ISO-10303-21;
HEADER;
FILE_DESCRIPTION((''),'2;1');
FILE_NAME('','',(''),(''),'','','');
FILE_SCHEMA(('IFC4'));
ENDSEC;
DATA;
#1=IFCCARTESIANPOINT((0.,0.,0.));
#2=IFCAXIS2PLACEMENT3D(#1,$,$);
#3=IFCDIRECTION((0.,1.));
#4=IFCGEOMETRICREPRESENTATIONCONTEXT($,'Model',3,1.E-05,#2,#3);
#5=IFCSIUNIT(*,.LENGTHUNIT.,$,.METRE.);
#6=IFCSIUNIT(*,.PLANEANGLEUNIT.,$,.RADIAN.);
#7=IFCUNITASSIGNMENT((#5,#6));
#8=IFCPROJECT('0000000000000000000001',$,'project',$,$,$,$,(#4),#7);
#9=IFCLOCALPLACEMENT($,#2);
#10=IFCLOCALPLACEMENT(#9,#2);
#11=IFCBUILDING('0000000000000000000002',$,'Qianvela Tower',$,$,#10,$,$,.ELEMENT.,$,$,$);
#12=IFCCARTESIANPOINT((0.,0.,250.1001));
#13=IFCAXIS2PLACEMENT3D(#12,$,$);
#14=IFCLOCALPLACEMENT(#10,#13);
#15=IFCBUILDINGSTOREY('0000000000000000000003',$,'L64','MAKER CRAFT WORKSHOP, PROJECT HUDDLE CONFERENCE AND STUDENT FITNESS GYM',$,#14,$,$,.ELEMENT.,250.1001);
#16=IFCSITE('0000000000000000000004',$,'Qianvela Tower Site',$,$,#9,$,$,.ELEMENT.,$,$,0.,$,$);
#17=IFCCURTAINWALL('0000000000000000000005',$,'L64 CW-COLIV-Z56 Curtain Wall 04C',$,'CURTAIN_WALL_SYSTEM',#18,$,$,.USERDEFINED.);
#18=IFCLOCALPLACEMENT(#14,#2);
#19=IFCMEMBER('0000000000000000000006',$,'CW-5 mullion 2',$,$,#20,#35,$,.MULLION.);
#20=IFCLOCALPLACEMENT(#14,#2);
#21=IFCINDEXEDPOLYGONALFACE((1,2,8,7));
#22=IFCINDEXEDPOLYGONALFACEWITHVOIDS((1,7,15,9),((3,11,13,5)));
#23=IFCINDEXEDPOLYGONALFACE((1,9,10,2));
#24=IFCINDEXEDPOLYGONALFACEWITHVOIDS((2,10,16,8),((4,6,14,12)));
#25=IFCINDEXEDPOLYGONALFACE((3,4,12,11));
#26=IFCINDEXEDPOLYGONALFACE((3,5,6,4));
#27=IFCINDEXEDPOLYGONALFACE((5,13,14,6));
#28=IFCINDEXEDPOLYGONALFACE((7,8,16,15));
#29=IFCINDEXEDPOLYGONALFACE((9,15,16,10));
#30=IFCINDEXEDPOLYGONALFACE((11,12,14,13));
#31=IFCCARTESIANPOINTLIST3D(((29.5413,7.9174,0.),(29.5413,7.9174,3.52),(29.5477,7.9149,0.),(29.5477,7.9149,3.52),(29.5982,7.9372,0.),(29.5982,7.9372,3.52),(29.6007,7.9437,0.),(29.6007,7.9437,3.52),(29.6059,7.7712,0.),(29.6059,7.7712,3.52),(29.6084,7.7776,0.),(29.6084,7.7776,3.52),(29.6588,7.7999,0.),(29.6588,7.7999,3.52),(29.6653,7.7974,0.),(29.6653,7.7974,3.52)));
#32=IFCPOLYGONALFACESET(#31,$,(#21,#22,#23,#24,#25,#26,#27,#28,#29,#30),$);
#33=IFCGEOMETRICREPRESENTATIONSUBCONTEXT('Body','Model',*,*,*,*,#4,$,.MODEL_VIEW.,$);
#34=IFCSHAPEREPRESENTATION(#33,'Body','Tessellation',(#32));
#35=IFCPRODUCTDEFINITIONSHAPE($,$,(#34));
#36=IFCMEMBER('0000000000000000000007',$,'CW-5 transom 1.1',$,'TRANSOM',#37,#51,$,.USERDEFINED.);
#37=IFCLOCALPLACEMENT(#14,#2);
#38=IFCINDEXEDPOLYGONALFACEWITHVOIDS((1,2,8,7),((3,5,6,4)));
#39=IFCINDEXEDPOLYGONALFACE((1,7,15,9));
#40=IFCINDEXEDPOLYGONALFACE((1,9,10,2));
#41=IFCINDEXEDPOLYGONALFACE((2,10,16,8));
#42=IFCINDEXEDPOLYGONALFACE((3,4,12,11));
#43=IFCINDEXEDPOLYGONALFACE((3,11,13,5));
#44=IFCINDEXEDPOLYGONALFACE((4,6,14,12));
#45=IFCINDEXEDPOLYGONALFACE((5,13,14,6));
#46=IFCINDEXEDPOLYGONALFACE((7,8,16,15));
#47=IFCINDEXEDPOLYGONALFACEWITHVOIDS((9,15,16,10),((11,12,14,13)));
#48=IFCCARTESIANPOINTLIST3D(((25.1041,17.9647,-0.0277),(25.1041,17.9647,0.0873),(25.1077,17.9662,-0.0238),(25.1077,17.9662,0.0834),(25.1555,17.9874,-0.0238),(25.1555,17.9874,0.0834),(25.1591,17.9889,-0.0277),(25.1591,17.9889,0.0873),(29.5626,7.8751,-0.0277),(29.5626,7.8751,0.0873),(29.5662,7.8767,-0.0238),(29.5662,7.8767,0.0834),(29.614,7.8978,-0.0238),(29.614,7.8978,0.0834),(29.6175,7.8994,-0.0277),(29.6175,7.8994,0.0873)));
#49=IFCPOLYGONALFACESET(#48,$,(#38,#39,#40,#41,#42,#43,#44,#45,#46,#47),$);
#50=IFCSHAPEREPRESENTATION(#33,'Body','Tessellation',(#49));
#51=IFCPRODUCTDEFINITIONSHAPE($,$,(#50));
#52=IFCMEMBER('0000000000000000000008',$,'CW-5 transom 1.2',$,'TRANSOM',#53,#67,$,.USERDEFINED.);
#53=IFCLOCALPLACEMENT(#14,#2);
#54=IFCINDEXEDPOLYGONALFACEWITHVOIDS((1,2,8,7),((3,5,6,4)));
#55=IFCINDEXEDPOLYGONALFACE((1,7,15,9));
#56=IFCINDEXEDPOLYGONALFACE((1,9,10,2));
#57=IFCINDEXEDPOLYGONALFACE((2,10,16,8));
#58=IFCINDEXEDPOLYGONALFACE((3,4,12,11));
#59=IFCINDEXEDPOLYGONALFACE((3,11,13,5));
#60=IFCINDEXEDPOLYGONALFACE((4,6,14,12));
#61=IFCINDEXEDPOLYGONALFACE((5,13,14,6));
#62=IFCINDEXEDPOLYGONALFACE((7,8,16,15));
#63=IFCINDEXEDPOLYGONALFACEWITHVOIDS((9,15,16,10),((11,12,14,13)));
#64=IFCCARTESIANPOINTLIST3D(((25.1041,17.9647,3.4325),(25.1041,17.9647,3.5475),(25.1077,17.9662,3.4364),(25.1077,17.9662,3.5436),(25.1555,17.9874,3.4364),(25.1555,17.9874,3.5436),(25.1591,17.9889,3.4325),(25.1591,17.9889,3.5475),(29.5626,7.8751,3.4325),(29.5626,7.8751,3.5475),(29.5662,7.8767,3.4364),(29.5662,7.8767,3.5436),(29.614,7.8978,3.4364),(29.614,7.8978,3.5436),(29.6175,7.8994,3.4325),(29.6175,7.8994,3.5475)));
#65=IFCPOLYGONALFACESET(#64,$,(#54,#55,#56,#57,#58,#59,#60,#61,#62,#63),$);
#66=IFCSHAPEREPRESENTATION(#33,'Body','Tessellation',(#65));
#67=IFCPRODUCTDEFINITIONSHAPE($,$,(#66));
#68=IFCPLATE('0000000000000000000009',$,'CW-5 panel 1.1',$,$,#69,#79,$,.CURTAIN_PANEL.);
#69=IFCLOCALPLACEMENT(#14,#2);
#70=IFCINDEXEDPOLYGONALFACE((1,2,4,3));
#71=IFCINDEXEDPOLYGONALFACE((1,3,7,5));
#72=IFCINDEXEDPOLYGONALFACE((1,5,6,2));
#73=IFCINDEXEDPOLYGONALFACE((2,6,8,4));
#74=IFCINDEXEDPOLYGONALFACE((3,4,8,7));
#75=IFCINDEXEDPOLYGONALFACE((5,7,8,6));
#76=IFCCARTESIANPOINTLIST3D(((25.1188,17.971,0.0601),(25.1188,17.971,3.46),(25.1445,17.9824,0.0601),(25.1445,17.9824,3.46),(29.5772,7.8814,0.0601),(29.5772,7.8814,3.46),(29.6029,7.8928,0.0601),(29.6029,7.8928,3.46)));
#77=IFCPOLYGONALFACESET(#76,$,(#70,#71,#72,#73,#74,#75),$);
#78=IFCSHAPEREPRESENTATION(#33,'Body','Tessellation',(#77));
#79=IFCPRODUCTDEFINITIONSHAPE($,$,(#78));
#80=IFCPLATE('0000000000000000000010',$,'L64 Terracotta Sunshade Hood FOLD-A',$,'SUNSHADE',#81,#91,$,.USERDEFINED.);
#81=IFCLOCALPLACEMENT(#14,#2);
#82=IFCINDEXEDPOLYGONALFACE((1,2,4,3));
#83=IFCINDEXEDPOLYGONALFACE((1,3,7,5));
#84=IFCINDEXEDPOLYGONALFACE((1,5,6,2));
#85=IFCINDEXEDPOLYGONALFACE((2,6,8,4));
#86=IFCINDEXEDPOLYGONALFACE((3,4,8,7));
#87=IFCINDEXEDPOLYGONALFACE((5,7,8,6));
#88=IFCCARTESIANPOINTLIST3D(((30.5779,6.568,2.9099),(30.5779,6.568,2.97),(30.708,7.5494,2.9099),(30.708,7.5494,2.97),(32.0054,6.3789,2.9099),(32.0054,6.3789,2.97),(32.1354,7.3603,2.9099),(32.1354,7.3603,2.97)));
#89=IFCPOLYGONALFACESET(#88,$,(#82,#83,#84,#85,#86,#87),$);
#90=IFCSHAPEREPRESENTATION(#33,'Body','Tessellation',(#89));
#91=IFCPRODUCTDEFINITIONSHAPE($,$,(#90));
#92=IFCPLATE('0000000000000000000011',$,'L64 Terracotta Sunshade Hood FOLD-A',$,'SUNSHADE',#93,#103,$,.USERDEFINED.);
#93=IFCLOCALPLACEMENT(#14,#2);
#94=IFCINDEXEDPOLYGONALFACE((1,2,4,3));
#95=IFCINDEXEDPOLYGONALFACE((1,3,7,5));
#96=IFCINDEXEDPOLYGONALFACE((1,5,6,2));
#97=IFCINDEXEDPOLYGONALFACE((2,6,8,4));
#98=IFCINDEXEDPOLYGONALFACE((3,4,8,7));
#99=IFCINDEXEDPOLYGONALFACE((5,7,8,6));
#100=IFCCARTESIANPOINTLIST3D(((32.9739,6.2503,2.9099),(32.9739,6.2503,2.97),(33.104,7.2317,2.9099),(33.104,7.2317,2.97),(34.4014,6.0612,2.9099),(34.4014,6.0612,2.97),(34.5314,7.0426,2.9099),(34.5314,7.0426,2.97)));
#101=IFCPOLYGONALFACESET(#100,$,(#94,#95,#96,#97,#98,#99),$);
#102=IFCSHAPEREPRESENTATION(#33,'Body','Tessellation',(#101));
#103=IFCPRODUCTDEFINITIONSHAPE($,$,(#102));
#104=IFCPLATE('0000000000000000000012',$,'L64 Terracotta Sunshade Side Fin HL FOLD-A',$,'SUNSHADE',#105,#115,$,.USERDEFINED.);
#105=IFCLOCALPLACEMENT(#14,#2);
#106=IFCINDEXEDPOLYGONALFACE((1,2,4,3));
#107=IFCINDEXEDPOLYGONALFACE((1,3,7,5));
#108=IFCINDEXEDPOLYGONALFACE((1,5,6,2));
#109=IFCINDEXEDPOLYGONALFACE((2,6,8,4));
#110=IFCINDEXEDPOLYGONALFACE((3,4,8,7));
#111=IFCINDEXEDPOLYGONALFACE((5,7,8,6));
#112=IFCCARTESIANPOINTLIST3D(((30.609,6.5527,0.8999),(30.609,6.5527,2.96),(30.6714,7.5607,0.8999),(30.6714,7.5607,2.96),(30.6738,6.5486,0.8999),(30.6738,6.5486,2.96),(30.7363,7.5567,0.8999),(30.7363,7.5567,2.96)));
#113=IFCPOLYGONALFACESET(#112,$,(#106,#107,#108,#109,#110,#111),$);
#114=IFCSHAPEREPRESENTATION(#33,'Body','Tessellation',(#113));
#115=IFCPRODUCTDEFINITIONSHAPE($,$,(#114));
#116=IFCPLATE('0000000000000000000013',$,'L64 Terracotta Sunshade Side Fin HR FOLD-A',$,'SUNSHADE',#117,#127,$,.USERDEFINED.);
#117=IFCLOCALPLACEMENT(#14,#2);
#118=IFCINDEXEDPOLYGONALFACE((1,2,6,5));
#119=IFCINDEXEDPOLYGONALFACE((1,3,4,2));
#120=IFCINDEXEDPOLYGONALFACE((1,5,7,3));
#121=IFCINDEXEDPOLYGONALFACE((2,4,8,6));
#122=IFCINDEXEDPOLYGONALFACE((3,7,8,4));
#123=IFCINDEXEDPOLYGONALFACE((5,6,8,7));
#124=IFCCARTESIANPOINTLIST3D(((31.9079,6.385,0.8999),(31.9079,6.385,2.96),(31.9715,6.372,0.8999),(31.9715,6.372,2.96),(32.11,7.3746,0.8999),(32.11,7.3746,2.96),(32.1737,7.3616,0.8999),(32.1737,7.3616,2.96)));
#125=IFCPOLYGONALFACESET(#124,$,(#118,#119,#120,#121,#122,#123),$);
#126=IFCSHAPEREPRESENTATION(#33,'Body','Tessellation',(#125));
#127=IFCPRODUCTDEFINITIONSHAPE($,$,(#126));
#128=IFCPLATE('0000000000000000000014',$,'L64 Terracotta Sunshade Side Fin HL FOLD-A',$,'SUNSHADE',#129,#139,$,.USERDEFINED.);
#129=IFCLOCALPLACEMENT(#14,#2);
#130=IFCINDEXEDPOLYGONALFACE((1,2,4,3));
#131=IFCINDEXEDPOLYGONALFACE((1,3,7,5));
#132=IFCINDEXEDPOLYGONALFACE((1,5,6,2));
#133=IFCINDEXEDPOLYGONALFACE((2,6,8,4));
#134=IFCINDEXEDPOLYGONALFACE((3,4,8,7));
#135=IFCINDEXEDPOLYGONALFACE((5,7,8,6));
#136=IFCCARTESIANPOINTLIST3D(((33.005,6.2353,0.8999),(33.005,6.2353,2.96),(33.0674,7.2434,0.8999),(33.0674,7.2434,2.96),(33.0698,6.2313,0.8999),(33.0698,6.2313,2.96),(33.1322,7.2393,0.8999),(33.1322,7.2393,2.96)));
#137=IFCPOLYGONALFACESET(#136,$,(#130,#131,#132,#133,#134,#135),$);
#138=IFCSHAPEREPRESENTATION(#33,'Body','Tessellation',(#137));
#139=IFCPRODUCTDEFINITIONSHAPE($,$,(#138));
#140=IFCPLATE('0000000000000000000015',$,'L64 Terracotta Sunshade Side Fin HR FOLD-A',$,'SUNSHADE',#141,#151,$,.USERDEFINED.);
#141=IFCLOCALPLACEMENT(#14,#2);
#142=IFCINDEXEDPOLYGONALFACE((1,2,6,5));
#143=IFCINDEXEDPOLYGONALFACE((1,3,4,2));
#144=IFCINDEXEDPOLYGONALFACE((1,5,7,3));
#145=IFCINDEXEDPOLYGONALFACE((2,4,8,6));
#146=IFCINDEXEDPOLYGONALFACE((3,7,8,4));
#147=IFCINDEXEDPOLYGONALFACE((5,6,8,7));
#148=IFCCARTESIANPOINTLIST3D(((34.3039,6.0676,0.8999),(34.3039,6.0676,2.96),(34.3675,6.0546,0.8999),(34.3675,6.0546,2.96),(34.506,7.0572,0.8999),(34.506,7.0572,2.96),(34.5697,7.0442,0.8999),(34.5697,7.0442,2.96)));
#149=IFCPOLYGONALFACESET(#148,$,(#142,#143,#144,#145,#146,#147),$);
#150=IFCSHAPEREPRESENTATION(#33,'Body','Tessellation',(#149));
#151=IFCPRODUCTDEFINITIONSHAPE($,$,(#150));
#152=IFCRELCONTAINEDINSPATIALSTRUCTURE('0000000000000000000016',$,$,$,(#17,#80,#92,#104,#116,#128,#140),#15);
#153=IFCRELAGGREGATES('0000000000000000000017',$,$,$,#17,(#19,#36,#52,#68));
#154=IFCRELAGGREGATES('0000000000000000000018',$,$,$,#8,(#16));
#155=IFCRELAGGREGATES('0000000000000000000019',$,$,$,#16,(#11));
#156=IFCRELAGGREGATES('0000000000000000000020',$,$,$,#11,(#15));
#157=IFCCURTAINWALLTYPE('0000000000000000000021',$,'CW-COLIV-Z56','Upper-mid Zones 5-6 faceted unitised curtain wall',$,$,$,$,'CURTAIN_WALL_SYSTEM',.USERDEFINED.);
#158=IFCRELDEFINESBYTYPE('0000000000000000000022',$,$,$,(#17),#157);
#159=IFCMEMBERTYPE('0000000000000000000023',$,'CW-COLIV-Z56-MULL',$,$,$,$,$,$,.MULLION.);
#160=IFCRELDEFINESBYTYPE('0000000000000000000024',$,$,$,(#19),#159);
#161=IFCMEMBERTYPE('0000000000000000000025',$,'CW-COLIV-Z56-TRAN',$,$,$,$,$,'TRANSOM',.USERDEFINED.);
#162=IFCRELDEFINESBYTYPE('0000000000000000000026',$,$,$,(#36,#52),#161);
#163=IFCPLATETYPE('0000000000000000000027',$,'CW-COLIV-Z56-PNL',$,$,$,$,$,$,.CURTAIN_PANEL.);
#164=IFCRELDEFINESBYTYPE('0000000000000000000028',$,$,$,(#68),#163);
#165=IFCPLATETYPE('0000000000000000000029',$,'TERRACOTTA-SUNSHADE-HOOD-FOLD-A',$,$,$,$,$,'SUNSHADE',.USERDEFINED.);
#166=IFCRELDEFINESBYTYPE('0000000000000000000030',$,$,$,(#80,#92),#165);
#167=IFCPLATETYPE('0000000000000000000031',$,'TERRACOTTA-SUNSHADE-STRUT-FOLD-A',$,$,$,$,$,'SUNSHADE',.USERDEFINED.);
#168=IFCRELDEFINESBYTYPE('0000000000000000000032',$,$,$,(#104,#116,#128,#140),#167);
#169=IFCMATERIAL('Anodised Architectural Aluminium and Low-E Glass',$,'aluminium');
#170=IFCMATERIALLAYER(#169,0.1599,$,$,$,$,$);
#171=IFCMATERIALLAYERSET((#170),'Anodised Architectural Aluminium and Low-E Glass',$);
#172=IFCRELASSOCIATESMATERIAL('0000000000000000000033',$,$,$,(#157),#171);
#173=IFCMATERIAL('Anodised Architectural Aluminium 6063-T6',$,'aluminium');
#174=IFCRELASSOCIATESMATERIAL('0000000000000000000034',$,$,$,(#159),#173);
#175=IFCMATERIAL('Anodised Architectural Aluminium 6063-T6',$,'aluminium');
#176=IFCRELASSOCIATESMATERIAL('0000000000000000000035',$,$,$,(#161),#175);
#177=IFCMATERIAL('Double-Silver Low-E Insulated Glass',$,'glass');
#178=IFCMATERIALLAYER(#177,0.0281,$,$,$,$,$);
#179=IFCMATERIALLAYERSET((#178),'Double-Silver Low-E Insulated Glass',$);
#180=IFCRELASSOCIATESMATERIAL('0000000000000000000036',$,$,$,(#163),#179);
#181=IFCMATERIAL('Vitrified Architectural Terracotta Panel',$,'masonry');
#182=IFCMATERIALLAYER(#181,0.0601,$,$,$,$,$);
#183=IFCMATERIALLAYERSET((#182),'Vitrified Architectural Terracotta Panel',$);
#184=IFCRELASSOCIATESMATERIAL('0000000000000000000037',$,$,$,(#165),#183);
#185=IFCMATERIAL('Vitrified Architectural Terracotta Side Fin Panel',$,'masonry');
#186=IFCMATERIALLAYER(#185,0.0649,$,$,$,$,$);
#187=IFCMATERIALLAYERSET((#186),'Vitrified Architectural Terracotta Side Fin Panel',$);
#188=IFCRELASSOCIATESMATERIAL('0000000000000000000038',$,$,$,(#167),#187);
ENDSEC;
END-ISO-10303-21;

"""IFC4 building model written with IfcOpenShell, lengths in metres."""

from ifc_helpers import new_model, si_unit, direction, frame, origin, origin_2d, place, context, subcontext, project, spatial, rectangle, hollow_rectangle, extrude, material, layer, layer_set, material_profile, profile_set, type_object, element, aggregate, save


model = new_model("IFC4")

# Units and contexts
model_context = context("Model", 3, precision=1e-05, world=origin(), true_north=direction((0.0, 1.0)))
body_context = subcontext(model_context, "Body", "Model", "MODEL_VIEW")
ifc_project = project(units=[si_unit("LENGTHUNIT", "METRE"), si_unit("PLANEANGLEUNIT", "RADIAN")], contexts=[model_context])

# Site, building, storey
site_placement = place(None, origin())
site = spatial("IfcSite", under=ifc_project, at=site_placement, Name="Qianvela Tower Site", CompositionType="ELEMENT", RefElevation=0.0)
building_placement = place(site_placement, origin())
building = spatial("IfcBuilding", under=site, at=building_placement, Name="Qianvela Tower", CompositionType="ELEMENT")
storey_placement = place(building_placement, frame((0.0, 0.0, 250.1001)))
storey = spatial("IfcBuildingStorey", under=building, at=storey_placement, Name="L64", Description="MAKER CRAFT WORKSHOP, PROJECT HUDDLE CONFERENCE AND STUDENT FITNESS GYM", CompositionType="ELEMENT", Elevation=250.1001)

# Curtain wall, members, plate
ifc_material_1 = material(Name="Anodised Architectural Aluminium and Low-E Glass", Category="aluminium")
ifc_layer_1 = layer(ifc_material_1, 0.1599)
ifc_layer_set_1 = layer_set([ifc_layer_1], Name="Anodised Architectural Aluminium and Low-E Glass")
curtain_wall_type = type_object("IfcCurtainWallType", Name="CW-COLIV-Z56", Description="Upper-mid Zones 5-6 faceted unitised curtain wall", ElementType="CURTAIN_WALL_SYSTEM", PredefinedType="USERDEFINED", material=ifc_layer_set_1)
curtain_wall_placement = place(storey_placement, origin())
curtain_wall = element("IfcCurtainWall", 1, at=curtain_wall_placement, inside=storey, type_object=curtain_wall_type, Name="L64 CW-COLIV-Z56 Curtain Wall 04C", ObjectType="CURTAIN_WALL_SYSTEM", PredefinedType="USERDEFINED")
ifc_material_2 = material(Name="Anodised Architectural Aluminium 6063-T6", Category="aluminium")
ifc_material_profile_1 = material_profile(ifc_material_2, hollow_rectangle(XDim=0.0649, YDim=0.1599, WallThickness=0.0049, at=origin_2d()), Name="ALU-MULL-65x160")
ifc_profile_set_1 = profile_set([ifc_material_profile_1], Name="Anodised Architectural Aluminium 6063-T6")
member_type_1 = type_object("IfcMemberType", Name="CW-COLIV-Z56-MULL", PredefinedType="MULLION", material=ifc_profile_set_1)
member_1_placement = place(storey_placement, frame((29.6033, 7.8574, 0.0), z_axis=(0.0, 0.0, 1.0), x_axis=(0.914678, 0.404184, 0.0)))
member_1 = element("IfcMember", 2, at=member_1_placement, type_object=member_type_1, Name="CW-5 mullion 2", PredefinedType="MULLION", context=body_context, shape_type="SweptSolid", body=[
    extrude(hollow_rectangle(XDim=0.0649, YDim=0.1599, WallThickness=0.0049, at=origin_2d()), origin(), (0.0, 0.0, 1.0), 3.52),
])
ifc_material_3 = material(Name="Anodised Architectural Aluminium 6063-T6", Category="aluminium")
ifc_material_profile_2 = material_profile(ifc_material_3, hollow_rectangle(XDim=0.0601, YDim=0.115, WallThickness=0.0039, at=origin_2d()), Name="ALU-TRAN-60x115")
ifc_profile_set_2 = profile_set([ifc_material_profile_2], Name="Anodised Architectural Aluminium 6063-T6")
member_type_2 = type_object("IfcMemberType", Name="CW-COLIV-Z56-TRAN", ElementType="TRANSOM", PredefinedType="USERDEFINED", material=ifc_profile_set_2)
member_2_placement = place(storey_placement, frame((25.1316, 17.9768, 0.0298), z_axis=(0.404187, -0.914677, 0.0), x_axis=(0.914677, 0.404187, 0.0)))
member_2 = element("IfcMember", 3, at=member_2_placement, type_object=member_type_2, Name="CW-5 transom 1.1", ObjectType="TRANSOM", PredefinedType="USERDEFINED", context=body_context, shape_type="SweptSolid", body=[
    extrude(hollow_rectangle(XDim=0.0601, YDim=0.115, WallThickness=0.0039, at=origin_2d()), origin(), (0.0, 0.0, 1.0), 11.0308),
])
member_3_placement = place(storey_placement, frame((25.1316, 17.9768, 3.49), z_axis=(0.404187, -0.914677, 0.0), x_axis=(0.914677, 0.404187, 0.0)))
member_3 = element("IfcMember", 4, at=member_3_placement, type_object=member_type_2, Name="CW-5 transom 1.2", ObjectType="TRANSOM", PredefinedType="USERDEFINED", context=body_context, shape_type="SweptSolid", body=[
    extrude(hollow_rectangle(XDim=0.0601, YDim=0.115, WallThickness=0.0039, at=origin_2d()), origin(), (0.0, 0.0, 1.0), 11.0308),
])
ifc_material_4 = material(Name="Double-Silver Low-E Insulated Glass", Category="glass")
ifc_layer_2 = layer(ifc_material_4, 0.0281)
ifc_layer_set_2 = layer_set([ifc_layer_2], Name="Double-Silver Low-E Insulated Glass")
plate_type_1 = type_object("IfcPlateType", Name="CW-COLIV-Z56-PNL", PredefinedType="CURTAIN_PANEL", material=ifc_layer_set_2)
plate_placement = place(storey_placement, frame((27.3608, 12.9319, 0.0601), z_axis=(0.0, 0.0, 1.0), x_axis=(0.404184, -0.914678, 0.0)))
plate = element("IfcPlate", 5, at=plate_placement, type_object=plate_type_1, Name="CW-5 panel 1.1", PredefinedType="CURTAIN_PANEL", context=body_context, shape_type="SweptSolid", body=[
    extrude(rectangle(XDim=11.0308, YDim=0.0281, at=origin_2d()), origin(), (0.0, 0.0, 1.0), 3.3999),
])
aggregate(curtain_wall, [member_1, member_2, member_3, plate])

# Plates
ifc_material_5 = material(Name="Vitrified Architectural Terracotta Panel", Category="masonry")
ifc_layer_3 = layer(ifc_material_5, 0.0601)
ifc_layer_set_3 = layer_set([ifc_layer_3], Name="Vitrified Architectural Terracotta Panel")
plate_type_2 = type_object("IfcPlateType", Name="TERRACOTTA-SUNSHADE-HOOD-FOLD-A", ElementType="SUNSHADE", PredefinedType="USERDEFINED", material=ifc_layer_set_3)
for number, where, z_axis, x_axis, name in (
    (6, (31.3567, 6.9641, 2.9099), (0.0, 0.0, 1.0), (0.991339, -0.131327, 0.0), "L64 Terracotta Sunshade Hood FOLD-A"),
    (7, (33.7527, 6.6465, 2.9099), (0.0, 0.0, 1.0), (0.991339, -0.131327, 0.0), "L64 Terracotta Sunshade Hood FOLD-A"),
):
    element("IfcPlate", number, at=place(storey_placement, frame(where, z_axis=z_axis, x_axis=x_axis)), inside=storey, type_object=plate_type_2, Name=name, ObjectType="SUNSHADE", PredefinedType="USERDEFINED", context=body_context, shape_type="SweptSolid", body=[
        extrude(rectangle(XDim=1.4399, YDim=0.99, at=origin_2d()), origin(), (0.0, 0.0, 1.0), 0.0601),
    ])
ifc_material_6 = material(Name="Vitrified Architectural Terracotta Side Fin Panel", Category="masonry")
ifc_layer_4 = layer(ifc_material_6, 0.0649)
ifc_layer_set_4 = layer_set([ifc_layer_4], Name="Vitrified Architectural Terracotta Side Fin Panel")
plate_type_3 = type_object("IfcPlateType", Name="TERRACOTTA-SUNSHADE-STRUT-FOLD-A", ElementType="SUNSHADE", PredefinedType="USERDEFINED", material=ifc_layer_set_4)
for number, where, z_axis, x_axis, name in (
    (8, (30.6726, 7.0547, 0.8999), (0.0, 0.0, 1.0), (0.998085, -0.061855, 0.0), "L64 Terracotta Sunshade Side Fin HL FOLD-A"),
    (9, (32.0408, 6.8733, 0.8999), (0.0, 0.0, 1.0), (0.979763, -0.20016, 0.0), "L64 Terracotta Sunshade Side Fin HR FOLD-A"),
    (10, (33.0686, 6.7373, 0.8999), (0.0, 0.0, 1.0), (0.998085, -0.061855, 0.0), "L64 Terracotta Sunshade Side Fin HL FOLD-A"),
    (11, (34.4368, 6.5559, 0.8999), (0.0, 0.0, 1.0), (0.979763, -0.20016, 0.0), "L64 Terracotta Sunshade Side Fin HR FOLD-A"),
):
    element("IfcPlate", number, at=place(storey_placement, frame(where, z_axis=z_axis, x_axis=x_axis)), inside=storey, type_object=plate_type_3, Name=name, ObjectType="SUNSHADE", PredefinedType="USERDEFINED", context=body_context, shape_type="SweptSolid", body=[
        extrude(rectangle(XDim=0.0649, YDim=1.01, at=origin_2d()), origin(), (0.0, 0.0, 1.0), 2.0601),
    ])

save(model, "model.ifc")
